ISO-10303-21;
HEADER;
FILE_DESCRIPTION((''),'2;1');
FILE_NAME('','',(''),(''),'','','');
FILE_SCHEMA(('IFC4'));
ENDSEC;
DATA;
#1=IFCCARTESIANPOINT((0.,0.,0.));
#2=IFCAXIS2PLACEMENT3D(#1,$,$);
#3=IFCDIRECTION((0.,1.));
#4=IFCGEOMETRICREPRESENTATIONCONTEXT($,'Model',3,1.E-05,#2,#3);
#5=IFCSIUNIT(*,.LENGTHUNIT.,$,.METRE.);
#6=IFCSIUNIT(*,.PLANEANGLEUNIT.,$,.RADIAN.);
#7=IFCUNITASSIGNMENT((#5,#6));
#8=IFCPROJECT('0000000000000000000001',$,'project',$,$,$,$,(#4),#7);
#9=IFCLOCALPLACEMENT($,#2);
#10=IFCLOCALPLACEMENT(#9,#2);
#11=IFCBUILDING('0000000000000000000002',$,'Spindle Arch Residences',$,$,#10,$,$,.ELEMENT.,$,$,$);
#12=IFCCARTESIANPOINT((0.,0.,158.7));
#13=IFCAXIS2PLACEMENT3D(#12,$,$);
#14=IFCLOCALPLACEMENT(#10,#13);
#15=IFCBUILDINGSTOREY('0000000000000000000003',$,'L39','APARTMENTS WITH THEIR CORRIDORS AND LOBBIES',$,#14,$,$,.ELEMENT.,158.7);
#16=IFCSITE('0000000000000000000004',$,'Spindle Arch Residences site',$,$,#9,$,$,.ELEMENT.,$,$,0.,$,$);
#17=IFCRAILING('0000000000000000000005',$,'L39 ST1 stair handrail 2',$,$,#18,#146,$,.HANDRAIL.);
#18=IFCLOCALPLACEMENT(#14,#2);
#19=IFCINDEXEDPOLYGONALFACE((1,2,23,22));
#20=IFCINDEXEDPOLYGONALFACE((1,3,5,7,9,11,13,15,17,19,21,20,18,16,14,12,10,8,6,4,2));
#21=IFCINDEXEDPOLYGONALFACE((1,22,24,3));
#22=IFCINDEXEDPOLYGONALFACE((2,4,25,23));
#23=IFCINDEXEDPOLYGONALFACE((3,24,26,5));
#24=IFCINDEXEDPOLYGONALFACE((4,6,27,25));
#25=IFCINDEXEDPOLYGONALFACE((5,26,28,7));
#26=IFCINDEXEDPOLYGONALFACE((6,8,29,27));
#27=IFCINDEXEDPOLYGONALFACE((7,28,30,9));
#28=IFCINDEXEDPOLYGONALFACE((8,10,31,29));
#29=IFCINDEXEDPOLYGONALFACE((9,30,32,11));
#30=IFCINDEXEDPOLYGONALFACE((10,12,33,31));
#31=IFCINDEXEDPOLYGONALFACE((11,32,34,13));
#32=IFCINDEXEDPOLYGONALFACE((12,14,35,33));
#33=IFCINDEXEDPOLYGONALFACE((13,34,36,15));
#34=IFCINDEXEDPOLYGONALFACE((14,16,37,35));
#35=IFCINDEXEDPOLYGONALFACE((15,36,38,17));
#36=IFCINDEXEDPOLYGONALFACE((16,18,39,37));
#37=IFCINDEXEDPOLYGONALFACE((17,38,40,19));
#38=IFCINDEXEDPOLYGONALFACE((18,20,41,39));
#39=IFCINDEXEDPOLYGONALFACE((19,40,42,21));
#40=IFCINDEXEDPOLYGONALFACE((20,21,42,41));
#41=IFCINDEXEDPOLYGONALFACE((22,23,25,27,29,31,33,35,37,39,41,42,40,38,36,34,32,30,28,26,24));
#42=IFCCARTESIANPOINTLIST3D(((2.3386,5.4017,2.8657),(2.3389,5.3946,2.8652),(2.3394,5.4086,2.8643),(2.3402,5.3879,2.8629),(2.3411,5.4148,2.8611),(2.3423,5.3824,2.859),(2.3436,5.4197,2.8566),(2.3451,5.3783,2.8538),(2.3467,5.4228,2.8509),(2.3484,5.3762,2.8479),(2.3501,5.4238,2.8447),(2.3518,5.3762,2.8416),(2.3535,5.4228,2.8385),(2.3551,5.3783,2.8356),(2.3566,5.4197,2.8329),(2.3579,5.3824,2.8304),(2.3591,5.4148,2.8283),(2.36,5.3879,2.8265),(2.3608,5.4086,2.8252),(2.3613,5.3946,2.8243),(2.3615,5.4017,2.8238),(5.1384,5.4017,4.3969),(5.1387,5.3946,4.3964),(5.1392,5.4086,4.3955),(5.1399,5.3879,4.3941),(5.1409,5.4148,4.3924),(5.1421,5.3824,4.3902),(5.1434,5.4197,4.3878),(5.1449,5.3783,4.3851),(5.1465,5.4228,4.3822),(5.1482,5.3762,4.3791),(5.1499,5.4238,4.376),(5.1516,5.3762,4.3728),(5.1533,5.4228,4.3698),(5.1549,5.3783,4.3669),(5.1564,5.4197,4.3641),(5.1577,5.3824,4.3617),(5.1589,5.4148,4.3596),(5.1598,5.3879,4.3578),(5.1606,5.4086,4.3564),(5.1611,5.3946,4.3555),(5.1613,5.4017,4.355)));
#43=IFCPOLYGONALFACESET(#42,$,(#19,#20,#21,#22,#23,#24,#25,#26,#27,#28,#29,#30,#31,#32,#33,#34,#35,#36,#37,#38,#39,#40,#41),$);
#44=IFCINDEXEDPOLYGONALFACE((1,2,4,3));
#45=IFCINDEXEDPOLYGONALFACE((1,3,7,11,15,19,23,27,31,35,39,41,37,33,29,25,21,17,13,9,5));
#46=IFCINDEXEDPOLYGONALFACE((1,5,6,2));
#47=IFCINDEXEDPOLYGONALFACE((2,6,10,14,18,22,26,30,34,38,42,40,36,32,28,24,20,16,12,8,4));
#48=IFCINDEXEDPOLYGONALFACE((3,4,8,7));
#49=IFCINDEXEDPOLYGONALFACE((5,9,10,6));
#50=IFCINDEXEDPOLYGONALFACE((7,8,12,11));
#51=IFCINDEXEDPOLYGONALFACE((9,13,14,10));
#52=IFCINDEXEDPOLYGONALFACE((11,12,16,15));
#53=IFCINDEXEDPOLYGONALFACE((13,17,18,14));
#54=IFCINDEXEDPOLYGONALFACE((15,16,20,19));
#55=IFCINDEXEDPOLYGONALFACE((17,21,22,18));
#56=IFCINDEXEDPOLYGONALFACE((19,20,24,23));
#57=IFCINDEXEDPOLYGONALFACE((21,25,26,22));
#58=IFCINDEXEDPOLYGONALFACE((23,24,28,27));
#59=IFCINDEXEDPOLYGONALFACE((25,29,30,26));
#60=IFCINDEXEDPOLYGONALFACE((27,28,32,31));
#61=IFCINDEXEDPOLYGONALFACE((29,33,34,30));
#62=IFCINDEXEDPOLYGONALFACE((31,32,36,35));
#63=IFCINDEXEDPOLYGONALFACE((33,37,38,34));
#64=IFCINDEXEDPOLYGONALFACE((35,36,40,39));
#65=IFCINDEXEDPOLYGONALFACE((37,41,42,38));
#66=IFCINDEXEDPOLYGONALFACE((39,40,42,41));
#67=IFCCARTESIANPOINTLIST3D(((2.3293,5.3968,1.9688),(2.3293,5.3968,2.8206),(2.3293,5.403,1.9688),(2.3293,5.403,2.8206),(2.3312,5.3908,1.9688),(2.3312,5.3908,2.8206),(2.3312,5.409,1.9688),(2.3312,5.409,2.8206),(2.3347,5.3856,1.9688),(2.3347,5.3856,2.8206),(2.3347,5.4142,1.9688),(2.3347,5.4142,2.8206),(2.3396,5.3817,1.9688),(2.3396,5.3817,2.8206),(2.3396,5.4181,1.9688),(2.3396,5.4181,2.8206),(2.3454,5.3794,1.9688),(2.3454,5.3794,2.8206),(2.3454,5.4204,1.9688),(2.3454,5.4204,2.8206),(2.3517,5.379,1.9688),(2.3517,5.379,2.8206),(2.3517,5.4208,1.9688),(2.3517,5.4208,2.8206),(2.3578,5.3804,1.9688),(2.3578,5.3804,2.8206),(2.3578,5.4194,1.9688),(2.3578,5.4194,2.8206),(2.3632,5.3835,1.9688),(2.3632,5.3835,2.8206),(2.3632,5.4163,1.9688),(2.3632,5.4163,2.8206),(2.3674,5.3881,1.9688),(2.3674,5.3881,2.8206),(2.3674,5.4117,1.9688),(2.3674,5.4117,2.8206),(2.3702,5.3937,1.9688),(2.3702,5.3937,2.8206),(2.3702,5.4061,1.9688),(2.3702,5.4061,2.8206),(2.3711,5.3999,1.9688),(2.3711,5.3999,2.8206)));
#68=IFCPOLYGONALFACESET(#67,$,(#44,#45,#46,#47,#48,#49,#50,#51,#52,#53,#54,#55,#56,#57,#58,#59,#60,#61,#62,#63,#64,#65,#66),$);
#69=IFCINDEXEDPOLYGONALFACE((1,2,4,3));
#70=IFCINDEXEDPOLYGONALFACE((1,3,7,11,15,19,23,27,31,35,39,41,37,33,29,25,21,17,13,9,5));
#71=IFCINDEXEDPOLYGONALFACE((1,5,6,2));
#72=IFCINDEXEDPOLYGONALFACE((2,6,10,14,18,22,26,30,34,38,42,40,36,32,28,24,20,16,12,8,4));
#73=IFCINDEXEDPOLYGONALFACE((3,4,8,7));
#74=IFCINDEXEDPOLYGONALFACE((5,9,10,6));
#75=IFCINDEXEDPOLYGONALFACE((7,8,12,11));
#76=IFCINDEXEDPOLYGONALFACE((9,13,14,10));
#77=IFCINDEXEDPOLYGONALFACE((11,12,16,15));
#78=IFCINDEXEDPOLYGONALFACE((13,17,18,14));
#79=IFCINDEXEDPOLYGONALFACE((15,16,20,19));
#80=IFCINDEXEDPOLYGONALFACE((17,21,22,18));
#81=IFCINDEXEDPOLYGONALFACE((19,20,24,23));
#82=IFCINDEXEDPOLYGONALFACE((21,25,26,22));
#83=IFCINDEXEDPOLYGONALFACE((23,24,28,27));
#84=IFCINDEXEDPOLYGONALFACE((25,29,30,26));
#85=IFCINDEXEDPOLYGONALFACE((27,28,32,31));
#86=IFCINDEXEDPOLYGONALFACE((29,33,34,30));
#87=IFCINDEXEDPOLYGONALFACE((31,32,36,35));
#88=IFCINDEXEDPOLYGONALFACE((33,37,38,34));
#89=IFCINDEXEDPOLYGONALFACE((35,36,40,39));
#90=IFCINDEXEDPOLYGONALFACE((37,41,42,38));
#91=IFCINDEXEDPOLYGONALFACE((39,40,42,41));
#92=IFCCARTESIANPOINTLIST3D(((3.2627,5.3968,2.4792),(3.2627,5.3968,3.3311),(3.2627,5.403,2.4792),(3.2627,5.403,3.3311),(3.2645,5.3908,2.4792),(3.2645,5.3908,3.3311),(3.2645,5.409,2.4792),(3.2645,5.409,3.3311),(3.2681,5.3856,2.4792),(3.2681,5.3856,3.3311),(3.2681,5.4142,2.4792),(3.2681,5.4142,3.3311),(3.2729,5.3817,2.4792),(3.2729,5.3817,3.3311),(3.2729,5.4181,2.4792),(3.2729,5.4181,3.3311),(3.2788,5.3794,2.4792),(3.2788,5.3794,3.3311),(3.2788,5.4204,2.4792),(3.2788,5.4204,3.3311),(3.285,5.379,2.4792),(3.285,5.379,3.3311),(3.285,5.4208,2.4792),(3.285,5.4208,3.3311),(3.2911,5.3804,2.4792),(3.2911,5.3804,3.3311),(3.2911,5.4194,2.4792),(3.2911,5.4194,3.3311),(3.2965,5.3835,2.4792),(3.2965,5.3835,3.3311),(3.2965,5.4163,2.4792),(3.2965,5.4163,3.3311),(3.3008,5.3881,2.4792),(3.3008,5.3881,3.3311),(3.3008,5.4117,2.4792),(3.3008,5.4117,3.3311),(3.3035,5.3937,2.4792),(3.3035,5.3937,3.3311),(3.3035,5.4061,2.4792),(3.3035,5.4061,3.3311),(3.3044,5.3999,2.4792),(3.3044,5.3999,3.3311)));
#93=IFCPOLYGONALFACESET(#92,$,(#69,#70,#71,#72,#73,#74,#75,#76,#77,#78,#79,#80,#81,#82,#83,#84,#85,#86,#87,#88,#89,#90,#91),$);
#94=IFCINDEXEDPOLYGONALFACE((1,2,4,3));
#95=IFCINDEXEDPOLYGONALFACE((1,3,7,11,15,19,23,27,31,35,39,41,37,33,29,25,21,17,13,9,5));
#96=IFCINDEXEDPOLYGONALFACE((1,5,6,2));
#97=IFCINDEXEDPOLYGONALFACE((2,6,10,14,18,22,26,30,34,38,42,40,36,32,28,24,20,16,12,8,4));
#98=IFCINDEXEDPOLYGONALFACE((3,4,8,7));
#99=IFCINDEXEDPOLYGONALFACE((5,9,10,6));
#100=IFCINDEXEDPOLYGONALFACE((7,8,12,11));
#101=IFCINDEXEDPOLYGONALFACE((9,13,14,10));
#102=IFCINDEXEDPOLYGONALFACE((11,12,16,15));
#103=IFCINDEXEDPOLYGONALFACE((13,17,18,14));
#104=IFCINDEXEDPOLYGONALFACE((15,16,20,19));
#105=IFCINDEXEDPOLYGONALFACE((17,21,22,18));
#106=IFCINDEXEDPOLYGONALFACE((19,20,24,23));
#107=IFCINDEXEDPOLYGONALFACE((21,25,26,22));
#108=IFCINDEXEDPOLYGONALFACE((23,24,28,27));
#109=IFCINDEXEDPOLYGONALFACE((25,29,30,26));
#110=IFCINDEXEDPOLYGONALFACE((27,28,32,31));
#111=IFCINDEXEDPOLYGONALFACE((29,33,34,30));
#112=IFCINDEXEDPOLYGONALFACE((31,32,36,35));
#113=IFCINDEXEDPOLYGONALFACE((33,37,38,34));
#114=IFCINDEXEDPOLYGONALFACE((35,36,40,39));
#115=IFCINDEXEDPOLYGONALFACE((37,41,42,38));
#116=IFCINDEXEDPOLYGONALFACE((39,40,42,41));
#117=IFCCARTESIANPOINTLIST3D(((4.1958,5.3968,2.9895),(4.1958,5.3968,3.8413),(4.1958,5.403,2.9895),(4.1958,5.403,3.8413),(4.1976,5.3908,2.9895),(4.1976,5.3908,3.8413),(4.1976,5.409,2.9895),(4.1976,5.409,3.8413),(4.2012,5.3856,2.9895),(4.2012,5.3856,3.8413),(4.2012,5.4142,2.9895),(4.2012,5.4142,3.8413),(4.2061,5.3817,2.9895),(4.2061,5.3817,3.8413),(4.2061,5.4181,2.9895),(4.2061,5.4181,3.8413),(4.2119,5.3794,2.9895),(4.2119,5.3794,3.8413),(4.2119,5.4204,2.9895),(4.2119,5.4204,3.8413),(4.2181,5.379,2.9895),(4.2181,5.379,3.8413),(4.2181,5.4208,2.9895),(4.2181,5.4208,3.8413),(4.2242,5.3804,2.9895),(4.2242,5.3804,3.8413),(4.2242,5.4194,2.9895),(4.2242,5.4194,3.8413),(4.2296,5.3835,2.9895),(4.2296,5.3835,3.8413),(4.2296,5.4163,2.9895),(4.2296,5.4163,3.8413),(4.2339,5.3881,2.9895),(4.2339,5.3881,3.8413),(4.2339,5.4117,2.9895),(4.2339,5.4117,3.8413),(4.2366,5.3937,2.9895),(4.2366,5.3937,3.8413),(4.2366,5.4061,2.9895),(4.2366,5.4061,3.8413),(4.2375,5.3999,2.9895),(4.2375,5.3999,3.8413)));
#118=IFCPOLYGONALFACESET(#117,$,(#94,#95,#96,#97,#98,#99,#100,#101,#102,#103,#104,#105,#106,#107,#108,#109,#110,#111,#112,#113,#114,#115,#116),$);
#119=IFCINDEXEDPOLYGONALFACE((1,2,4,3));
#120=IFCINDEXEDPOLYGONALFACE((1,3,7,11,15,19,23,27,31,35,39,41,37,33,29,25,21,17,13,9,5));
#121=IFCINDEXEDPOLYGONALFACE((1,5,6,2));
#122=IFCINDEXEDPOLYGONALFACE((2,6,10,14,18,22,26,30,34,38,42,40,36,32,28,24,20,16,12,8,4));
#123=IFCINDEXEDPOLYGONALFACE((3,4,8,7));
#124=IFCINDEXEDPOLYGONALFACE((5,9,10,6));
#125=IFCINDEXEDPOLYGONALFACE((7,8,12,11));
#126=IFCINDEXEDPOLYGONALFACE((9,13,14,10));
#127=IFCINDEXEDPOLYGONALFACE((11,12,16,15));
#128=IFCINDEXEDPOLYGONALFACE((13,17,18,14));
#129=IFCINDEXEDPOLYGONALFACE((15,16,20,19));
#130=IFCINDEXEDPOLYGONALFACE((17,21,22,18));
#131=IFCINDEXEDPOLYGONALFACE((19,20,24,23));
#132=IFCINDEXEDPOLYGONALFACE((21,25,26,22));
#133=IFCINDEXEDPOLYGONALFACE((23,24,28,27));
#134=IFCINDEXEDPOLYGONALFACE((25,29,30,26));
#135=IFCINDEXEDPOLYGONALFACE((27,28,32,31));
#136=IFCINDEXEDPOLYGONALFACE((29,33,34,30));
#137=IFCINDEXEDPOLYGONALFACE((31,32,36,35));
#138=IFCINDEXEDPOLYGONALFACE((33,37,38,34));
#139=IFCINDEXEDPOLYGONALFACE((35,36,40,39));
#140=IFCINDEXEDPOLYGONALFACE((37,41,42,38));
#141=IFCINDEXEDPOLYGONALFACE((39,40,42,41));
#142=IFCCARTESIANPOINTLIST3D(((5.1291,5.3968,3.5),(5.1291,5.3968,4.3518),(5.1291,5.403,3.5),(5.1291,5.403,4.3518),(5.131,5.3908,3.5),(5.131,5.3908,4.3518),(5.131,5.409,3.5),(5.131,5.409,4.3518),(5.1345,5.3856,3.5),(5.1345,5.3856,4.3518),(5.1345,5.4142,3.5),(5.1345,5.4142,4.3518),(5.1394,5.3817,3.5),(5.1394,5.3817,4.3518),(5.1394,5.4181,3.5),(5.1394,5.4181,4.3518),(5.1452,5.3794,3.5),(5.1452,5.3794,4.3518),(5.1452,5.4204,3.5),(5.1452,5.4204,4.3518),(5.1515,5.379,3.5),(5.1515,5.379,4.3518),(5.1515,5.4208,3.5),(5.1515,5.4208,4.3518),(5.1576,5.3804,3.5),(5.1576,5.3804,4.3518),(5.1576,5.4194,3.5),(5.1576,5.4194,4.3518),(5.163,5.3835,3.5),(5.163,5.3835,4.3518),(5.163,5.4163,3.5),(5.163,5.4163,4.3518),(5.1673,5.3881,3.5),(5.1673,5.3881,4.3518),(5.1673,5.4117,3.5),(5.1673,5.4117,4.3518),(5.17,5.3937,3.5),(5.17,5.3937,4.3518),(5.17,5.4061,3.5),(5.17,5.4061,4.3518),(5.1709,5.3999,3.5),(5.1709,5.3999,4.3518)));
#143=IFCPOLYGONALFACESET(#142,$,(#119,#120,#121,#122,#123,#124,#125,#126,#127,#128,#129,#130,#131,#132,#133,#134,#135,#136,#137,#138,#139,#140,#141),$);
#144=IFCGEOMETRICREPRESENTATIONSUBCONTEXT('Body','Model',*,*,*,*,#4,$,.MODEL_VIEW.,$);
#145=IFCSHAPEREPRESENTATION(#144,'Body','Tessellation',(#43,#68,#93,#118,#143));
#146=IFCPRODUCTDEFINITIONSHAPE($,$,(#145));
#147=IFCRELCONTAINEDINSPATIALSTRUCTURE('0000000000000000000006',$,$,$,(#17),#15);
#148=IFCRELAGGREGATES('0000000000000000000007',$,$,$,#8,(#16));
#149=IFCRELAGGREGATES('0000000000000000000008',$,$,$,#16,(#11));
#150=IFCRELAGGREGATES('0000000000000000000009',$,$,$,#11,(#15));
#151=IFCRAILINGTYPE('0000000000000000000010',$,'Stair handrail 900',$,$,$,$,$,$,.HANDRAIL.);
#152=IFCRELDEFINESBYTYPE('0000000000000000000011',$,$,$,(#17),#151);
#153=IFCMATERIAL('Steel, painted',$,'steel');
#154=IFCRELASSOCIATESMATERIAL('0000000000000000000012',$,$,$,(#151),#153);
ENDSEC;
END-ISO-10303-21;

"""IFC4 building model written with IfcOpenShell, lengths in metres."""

from ifc_helpers import new_model, si_unit, direction, frame, origin, origin_2d, place, context, subcontext, project, spatial, circle, extrude, material, type_object, element, save


model = new_model("IFC4")

# Units and contexts
model_context = context("Model", 3, precision=1e-05, world=origin(), true_north=direction((0.0, 1.0)))
body_context = subcontext(model_context, "Body", "Model", "MODEL_VIEW")
ifc_project = project(units=[si_unit("LENGTHUNIT", "METRE"), si_unit("PLANEANGLEUNIT", "RADIAN")], contexts=[model_context])

# Site, building, storey
site_placement = place(None, origin())
site = spatial("IfcSite", under=ifc_project, at=site_placement, Name="Spindle Arch Residences site", CompositionType="ELEMENT", RefElevation=0.0)
building_placement = place(site_placement, origin())
building = spatial("IfcBuilding", under=site, at=building_placement, Name="Spindle Arch Residences", CompositionType="ELEMENT")
storey_placement = place(building_placement, frame((0.0, 0.0, 158.7)))
storey = spatial("IfcBuildingStorey", under=building, at=storey_placement, Name="L39", Description="APARTMENTS WITH THEIR CORRIDORS AND LOBBIES", CompositionType="ELEMENT", Elevation=158.7)

# Railing
ifc_material_1 = material(Name="Steel, painted", Category="steel")
railing_type_1 = type_object("IfcRailingType", Name="Stair handrail 900", PredefinedType="HANDRAIL", material=ifc_material_1)
railing_1_placement = place(storey_placement, frame((2.3501, 5.3999, 1.9688)))
element("IfcRailing", 1, at=railing_1_placement, inside=storey, type_object=railing_type_1, Name="L39 ST1 stair handrail 2", PredefinedType="HANDRAIL", context=body_context, shape_type="SweptSolid", body=[
    extrude(circle(Radius=0.0239, at=origin_2d()), frame((0.0, 0.0, 0.876), z_axis=(0.877357, 0.0, 0.479838), x_axis=(0.0, 1.0, 0.0)), (0.0, 0.0, 1.0), 3.1912),
    extrude(circle(Radius=0.021, at=origin_2d()), origin(), (0.0, 0.0, 1.0), 0.8518),
    extrude(circle(Radius=0.021, at=origin_2d()), frame((0.9333, 0.0, 0.5105)), (0.0, 0.0, 1.0), 0.8518),
    extrude(circle(Radius=0.021, at=origin_2d()), frame((1.8665, 0.0, 1.0208)), (0.0, 0.0, 1.0), 0.8518),
    extrude(circle(Radius=0.021, at=origin_2d()), frame((2.7998, 0.0, 1.5312)), (0.0, 0.0, 1.0), 0.8518),
])

save(model, "model.ifc")
